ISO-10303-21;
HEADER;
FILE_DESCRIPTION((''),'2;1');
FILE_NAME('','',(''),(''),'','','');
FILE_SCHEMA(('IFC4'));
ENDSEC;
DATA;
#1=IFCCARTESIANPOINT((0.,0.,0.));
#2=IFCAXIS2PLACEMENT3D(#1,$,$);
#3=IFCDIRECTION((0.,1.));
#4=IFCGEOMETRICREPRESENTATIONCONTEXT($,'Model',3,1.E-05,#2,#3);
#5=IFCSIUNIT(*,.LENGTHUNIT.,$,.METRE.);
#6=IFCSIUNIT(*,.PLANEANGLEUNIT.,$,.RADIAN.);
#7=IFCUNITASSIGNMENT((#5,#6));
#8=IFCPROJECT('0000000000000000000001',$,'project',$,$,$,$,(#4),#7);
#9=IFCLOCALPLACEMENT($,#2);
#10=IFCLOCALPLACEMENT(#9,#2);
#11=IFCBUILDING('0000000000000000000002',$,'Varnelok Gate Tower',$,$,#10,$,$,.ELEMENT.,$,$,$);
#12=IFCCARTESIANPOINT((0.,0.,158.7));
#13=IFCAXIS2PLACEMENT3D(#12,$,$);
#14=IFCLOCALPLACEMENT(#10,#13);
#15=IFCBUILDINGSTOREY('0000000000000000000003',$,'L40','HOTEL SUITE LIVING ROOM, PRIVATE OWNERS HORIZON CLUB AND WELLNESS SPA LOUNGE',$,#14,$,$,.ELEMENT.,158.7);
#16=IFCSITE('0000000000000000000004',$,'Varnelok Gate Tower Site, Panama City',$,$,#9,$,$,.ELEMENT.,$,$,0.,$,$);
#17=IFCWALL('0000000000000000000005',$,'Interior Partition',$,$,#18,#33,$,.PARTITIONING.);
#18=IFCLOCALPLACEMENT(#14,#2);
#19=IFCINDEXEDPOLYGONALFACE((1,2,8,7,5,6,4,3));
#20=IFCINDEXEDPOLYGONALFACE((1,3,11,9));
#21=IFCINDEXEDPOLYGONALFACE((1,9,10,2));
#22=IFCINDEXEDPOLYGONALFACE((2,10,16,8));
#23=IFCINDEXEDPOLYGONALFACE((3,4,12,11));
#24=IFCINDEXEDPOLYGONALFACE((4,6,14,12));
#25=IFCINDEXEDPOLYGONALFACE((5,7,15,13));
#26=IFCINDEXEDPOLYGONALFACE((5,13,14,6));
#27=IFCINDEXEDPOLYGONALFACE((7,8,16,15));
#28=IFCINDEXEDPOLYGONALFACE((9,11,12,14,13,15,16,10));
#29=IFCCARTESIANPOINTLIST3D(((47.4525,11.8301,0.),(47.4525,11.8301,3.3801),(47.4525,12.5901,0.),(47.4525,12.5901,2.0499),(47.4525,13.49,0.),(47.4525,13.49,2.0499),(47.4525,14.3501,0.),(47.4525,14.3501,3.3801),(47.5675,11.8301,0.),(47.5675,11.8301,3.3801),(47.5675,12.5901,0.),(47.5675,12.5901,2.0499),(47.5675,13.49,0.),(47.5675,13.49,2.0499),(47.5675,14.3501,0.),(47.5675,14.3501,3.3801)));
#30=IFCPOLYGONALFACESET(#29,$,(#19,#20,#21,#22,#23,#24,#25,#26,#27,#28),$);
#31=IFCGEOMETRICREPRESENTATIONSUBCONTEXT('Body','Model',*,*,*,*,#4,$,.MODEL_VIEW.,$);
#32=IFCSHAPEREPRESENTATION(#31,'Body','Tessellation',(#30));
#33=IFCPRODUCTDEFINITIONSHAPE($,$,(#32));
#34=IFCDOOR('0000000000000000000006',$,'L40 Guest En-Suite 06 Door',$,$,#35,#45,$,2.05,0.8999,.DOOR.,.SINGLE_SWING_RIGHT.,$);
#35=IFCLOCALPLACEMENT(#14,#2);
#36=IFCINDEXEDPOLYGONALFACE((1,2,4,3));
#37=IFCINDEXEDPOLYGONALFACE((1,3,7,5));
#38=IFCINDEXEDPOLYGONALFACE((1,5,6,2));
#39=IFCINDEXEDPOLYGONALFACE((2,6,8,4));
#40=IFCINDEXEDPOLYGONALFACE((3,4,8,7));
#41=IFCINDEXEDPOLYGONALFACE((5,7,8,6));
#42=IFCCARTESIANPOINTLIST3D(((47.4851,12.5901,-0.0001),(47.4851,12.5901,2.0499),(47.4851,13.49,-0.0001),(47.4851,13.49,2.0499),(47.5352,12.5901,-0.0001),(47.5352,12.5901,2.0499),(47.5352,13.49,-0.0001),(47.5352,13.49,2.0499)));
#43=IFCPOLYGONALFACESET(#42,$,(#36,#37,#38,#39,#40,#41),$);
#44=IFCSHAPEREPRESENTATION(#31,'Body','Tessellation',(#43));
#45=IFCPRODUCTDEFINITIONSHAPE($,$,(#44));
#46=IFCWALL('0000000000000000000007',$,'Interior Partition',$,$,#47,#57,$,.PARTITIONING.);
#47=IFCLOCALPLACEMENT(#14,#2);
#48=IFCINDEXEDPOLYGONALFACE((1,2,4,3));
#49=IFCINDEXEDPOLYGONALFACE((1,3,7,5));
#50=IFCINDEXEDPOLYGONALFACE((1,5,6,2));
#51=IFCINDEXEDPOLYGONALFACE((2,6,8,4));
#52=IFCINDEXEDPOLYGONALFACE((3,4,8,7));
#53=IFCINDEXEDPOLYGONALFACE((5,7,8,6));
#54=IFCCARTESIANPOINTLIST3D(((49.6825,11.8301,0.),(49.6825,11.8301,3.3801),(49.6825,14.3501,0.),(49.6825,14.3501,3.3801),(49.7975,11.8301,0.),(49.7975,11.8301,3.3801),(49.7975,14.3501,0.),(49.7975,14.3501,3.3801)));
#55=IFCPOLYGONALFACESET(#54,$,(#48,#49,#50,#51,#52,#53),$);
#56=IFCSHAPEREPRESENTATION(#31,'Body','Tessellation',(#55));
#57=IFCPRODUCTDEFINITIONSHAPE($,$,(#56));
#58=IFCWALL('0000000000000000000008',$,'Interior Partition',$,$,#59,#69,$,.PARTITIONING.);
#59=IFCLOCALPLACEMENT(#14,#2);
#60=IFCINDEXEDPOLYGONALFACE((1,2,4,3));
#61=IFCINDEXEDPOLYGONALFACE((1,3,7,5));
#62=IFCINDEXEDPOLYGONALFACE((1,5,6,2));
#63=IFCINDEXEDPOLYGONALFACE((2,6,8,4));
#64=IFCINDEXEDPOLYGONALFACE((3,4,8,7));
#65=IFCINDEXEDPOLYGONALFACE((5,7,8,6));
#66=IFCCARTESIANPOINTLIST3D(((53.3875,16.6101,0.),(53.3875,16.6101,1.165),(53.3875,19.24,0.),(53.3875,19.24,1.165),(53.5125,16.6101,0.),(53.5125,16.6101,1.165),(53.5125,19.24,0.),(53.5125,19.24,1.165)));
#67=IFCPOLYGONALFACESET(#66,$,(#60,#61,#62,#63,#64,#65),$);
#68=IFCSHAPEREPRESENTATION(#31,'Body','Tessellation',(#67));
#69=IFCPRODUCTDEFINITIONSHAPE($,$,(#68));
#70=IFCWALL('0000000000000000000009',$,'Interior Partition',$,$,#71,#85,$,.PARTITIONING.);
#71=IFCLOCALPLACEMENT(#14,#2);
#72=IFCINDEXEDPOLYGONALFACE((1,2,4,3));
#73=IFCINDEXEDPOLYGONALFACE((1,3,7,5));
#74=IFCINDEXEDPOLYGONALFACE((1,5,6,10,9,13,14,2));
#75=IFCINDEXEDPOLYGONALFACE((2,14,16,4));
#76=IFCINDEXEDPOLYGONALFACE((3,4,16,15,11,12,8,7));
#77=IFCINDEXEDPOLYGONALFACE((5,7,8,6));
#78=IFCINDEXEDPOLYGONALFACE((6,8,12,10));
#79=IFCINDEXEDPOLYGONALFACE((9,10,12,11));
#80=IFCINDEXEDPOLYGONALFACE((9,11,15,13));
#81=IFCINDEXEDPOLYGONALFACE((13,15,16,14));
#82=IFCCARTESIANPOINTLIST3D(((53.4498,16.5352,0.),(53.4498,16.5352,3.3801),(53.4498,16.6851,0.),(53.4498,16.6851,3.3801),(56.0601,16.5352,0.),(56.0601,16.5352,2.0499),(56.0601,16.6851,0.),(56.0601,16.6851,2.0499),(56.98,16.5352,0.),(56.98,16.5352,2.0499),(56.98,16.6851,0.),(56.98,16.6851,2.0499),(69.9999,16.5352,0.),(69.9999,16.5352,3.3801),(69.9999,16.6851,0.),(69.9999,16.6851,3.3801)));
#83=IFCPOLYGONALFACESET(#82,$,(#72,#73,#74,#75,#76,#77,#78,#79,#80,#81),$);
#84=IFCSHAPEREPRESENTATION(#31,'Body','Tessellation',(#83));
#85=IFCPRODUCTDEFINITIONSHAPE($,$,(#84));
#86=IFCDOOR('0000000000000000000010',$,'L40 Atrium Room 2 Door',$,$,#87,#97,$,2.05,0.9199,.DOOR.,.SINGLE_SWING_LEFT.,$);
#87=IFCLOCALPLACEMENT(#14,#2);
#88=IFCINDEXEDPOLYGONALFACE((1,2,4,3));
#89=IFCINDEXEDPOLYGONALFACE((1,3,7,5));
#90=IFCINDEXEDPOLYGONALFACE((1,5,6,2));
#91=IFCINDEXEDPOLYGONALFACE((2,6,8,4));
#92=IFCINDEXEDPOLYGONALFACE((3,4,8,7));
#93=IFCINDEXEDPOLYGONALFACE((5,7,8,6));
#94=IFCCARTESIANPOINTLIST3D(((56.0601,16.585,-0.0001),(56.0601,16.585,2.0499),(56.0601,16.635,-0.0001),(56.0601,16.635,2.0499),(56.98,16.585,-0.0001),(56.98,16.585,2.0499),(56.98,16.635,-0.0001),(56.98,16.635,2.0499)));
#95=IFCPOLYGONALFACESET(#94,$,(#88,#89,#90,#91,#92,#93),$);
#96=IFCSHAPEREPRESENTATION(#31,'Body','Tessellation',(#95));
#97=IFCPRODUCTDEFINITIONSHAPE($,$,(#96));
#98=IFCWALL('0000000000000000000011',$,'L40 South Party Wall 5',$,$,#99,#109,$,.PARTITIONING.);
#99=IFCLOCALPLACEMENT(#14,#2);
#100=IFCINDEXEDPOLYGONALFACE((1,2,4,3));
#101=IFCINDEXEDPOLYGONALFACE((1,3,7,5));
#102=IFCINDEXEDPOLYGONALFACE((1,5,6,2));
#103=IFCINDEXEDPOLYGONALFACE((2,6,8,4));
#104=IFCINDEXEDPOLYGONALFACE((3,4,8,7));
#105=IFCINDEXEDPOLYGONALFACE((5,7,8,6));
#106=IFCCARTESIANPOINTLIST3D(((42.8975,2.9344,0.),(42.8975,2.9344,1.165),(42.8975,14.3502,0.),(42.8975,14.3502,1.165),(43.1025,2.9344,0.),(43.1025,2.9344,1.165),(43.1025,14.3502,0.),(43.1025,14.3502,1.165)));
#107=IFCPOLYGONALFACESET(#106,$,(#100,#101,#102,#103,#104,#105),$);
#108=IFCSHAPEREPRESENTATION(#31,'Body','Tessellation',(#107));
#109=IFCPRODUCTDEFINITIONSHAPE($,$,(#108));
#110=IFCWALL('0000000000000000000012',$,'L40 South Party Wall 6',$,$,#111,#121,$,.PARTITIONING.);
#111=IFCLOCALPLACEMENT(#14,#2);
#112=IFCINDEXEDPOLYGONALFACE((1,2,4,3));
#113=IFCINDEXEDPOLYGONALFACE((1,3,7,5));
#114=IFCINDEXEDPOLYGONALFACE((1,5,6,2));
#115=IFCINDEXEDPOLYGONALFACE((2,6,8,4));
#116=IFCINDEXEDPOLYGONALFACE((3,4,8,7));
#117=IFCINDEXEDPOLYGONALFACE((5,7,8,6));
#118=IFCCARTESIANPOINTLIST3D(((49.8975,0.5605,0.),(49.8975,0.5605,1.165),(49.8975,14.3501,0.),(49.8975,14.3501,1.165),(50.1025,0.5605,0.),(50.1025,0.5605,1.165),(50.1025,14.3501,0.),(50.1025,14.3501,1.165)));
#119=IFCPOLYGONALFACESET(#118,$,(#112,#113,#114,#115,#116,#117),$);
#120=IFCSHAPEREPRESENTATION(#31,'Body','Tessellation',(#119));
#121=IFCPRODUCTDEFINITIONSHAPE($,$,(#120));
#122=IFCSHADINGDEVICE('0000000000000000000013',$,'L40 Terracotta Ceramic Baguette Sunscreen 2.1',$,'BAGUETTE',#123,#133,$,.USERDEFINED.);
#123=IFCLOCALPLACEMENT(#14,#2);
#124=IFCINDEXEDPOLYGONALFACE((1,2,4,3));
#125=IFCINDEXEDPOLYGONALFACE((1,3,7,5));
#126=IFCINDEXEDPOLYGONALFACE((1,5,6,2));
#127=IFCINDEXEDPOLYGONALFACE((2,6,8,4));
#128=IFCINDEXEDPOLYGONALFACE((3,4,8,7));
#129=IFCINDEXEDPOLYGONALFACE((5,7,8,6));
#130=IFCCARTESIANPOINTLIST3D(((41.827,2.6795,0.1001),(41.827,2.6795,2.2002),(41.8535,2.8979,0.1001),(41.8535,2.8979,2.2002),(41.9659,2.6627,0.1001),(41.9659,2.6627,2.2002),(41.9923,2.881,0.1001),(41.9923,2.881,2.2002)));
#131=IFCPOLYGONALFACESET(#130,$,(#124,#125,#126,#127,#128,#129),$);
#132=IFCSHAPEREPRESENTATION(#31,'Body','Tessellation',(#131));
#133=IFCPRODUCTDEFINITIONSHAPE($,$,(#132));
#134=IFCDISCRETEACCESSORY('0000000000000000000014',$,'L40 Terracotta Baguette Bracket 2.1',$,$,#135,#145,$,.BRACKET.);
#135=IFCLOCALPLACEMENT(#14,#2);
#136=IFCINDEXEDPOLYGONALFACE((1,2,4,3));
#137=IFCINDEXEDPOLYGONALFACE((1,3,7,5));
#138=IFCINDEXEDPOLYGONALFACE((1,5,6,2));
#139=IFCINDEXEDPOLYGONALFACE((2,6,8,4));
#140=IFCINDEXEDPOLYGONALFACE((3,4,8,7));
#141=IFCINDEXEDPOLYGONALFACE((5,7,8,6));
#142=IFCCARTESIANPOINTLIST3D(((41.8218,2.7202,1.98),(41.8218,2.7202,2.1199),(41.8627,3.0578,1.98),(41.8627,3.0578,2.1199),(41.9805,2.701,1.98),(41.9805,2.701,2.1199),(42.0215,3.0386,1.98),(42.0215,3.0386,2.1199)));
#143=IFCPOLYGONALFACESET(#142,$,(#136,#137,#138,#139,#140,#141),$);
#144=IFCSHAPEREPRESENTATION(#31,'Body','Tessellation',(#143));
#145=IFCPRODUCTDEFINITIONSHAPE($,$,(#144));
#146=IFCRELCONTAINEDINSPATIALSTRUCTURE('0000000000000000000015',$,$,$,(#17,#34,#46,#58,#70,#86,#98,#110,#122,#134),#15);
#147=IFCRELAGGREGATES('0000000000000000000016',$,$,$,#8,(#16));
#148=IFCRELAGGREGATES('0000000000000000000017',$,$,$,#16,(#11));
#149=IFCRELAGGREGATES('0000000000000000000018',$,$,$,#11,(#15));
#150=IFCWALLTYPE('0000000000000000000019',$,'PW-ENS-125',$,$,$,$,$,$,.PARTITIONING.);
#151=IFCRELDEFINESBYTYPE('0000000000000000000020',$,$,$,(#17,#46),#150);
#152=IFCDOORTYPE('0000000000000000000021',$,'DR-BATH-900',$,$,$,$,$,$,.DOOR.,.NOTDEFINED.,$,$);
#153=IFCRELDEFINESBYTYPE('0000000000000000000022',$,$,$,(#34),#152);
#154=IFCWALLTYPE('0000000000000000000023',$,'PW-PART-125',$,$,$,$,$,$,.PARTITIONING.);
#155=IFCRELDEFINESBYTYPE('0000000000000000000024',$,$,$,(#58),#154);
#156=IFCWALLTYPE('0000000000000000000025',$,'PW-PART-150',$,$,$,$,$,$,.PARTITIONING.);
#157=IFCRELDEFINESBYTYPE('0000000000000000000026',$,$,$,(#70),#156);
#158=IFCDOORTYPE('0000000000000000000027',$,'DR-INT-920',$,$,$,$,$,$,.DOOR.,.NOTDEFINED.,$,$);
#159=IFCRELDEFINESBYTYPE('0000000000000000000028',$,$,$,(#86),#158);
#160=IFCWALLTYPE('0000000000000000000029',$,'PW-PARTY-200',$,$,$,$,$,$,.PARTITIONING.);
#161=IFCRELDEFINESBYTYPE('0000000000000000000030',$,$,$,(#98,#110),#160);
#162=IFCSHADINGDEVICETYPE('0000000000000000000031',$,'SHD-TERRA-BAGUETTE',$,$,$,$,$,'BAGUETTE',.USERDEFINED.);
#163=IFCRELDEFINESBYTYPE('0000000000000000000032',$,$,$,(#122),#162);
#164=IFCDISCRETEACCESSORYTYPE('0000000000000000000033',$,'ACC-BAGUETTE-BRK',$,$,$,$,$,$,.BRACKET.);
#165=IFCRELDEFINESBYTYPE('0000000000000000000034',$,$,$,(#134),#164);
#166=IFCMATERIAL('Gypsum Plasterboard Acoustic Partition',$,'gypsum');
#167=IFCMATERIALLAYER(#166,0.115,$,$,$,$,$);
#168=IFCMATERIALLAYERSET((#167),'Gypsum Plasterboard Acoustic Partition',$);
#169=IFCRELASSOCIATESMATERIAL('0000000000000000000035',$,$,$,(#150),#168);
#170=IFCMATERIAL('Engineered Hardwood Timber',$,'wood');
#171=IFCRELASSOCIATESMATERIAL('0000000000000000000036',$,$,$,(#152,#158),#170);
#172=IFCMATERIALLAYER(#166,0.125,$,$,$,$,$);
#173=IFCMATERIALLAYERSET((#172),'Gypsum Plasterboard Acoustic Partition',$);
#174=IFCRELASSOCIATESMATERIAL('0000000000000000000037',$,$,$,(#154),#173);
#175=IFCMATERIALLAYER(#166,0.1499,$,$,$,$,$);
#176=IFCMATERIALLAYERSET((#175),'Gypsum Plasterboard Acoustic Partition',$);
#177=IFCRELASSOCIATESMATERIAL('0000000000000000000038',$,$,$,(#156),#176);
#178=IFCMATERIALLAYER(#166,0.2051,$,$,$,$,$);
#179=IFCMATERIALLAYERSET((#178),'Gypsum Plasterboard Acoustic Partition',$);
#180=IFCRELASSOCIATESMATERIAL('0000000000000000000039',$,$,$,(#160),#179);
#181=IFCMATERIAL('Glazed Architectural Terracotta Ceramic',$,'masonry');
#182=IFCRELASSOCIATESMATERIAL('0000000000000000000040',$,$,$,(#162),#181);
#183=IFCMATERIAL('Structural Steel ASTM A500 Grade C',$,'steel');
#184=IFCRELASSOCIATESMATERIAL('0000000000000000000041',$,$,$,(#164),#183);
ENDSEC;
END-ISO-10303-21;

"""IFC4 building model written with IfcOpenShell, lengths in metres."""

from ifc_helpers import new_model, si_unit, direction, frame, frame_2d, origin, origin_2d, place, context, subcontext, project, spatial, rectangle, extrude, source, transform, mapped, material, layer, layer_set, type_object, element, fill, save


model = new_model("IFC4")

# Units and contexts
model_context = context("Model", 3, precision=1e-05, world=origin(), true_north=direction((0.0, 1.0)))
body_context = subcontext(model_context, "Body", "Model", "MODEL_VIEW")
ifc_project = project(units=[si_unit("LENGTHUNIT", "METRE"), si_unit("PLANEANGLEUNIT", "RADIAN")], contexts=[model_context])

# Site, building, storey
site_placement = place(None, origin())
site = spatial("IfcSite", under=ifc_project, at=site_placement, Name="Varnelok Gate Tower Site, Panama City", CompositionType="ELEMENT", RefElevation=0.0)
building_placement = place(site_placement, origin())
building = spatial("IfcBuilding", under=site, at=building_placement, Name="Varnelok Gate Tower", CompositionType="ELEMENT")
storey_placement = place(building_placement, frame((0.0, 0.0, 158.7)))
storey = spatial("IfcBuildingStorey", under=building, at=storey_placement, Name="L40", Description="HOTEL SUITE LIVING ROOM, PRIVATE OWNERS HORIZON CLUB AND WELLNESS SPA LOUNGE", CompositionType="ELEMENT", Elevation=158.7)

# Shared definitions
ifc_material_1 = material(Name="Gypsum Plasterboard Acoustic Partition", Category="gypsum")
ifc_material_2 = material(Name="Engineered Hardwood Timber", Category="wood")
ifc_layer_1 = layer(ifc_material_1, 0.115)
ifc_layer_set_1 = layer_set([ifc_layer_1], Name="Gypsum Plasterboard Acoustic Partition")
wall_type_1 = type_object("IfcWallType", Name="PW-ENS-125", PredefinedType="PARTITIONING", material=ifc_layer_set_1)
door_type_1 = type_object("IfcDoorType", Name="DR-BATH-900", OperationType="NOTDEFINED", PredefinedType="DOOR", material=ifc_material_2)

# Wall, opening, door
wall_1_placement = place(storey_placement, frame((47.51, 11.8301, 0.0), z_axis=(0.0, 0.0, 1.0), x_axis=(0.0, 1.0, 0.0)))
wall_1 = element("IfcWall", 1, at=wall_1_placement, inside=storey, type_object=wall_type_1, Name="Interior Partition", PredefinedType="PARTITIONING", context=body_context, shape_type="SweptSolid", body=[
    extrude(rectangle(XDim=2.52, YDim=0.115, at=frame_2d((1.26, 0.0))), origin(), (0.0, 0.0, 1.0), 3.3801),
])
opening_1_placement = place(wall_1_placement, frame((0.76, 0.0, 0.0)))
opening_1 = element("IfcOpeningElement", 2, at=opening_1_placement, cuts=wall_1, PredefinedType="OPENING", context=body_context, shape_type="SweptSolid", body=[
    extrude(rectangle(XDim=0.8999, YDim=2.05, at=frame_2d((0.45, 1.0249))), frame((0.0, 0.0674, 0.0), z_axis=(0.0, -1.0, 0.0), x_axis=(1.0, 0.0, 0.0)), (0.0, 0.0, 1.0), 0.135),
])
door_1_placement = place(opening_1_placement, origin())
door_1 = element("IfcDoor", 3, at=door_1_placement, inside=storey, type_object=door_type_1, Name="L40 Guest En-Suite 06 Door", OperationType="SINGLE_SWING_RIGHT", OverallHeight=2.05, OverallWidth=0.8999, PredefinedType="DOOR", context=body_context, shape_type="SweptSolid", body=[
    extrude(rectangle(XDim=0.8999, YDim=2.05, at=frame_2d((0.45, 1.0249))), frame((0.0, 0.0249, 0.0), z_axis=(0.0, -1.0, 0.0), x_axis=(1.0, 0.0, 0.0)), (0.0, 0.0, 1.0), 0.05),
])
fill(opening_1, door_1)

# Walls
wall_2_placement = place(storey_placement, frame((49.74, 11.8301, 0.0), z_axis=(0.0, 0.0, 1.0), x_axis=(0.0, 1.0, 0.0)))
element("IfcWall", 4, at=wall_2_placement, inside=storey, type_object=wall_type_1, Name="Interior Partition", PredefinedType="PARTITIONING", context=body_context, shape_type="SweptSolid", body=[
    extrude(rectangle(XDim=2.52, YDim=0.115, at=frame_2d((1.26, 0.0))), origin(), (0.0, 0.0, 1.0), 3.3801),
])
ifc_layer_2 = layer(ifc_material_1, 0.125)
ifc_layer_set_2 = layer_set([ifc_layer_2], Name="Gypsum Plasterboard Acoustic Partition")
wall_type_2 = type_object("IfcWallType", Name="PW-PART-125", PredefinedType="PARTITIONING", material=ifc_layer_set_2)
wall_3_placement = place(storey_placement, frame((53.45, 16.6101, 0.0), z_axis=(0.0, 0.0, 1.0), x_axis=(0.0, 1.0, 0.0)))
element("IfcWall", 5, at=wall_3_placement, inside=storey, type_object=wall_type_2, Name="Interior Partition", PredefinedType="PARTITIONING", context=body_context, shape_type="SweptSolid", body=[
    extrude(rectangle(XDim=2.6299, YDim=0.125, at=frame_2d((1.3149, 0.0))), origin(), (0.0, 0.0, 1.0), 1.165),
])

# Wall, opening, door
ifc_layer_3 = layer(ifc_material_1, 0.1499)
ifc_layer_set_3 = layer_set([ifc_layer_3], Name="Gypsum Plasterboard Acoustic Partition")
wall_type_3 = type_object("IfcWallType", Name="PW-PART-150", PredefinedType="PARTITIONING", material=ifc_layer_set_3)
wall_4_placement = place(storey_placement, frame((53.45, 16.6101, 0.0), z_axis=(0.0, 0.0, 1.0), x_axis=(1.0, 0.0, 0.0)))
wall_4 = element("IfcWall", 6, at=wall_4_placement, inside=storey, type_object=wall_type_3, Name="Interior Partition", PredefinedType="PARTITIONING", context=body_context, shape_type="SweptSolid", body=[
    extrude(rectangle(XDim=16.55, YDim=0.1499, at=frame_2d((8.2749, 0.0))), origin(), (0.0, 0.0, 1.0), 3.3801),
])
opening_2_placement = place(wall_4_placement, frame((2.6101, 0.0, 0.0)))
opening_2 = element("IfcOpeningElement", 7, at=opening_2_placement, cuts=wall_4, PredefinedType="OPENING", context=body_context, shape_type="SweptSolid", body=[
    extrude(rectangle(XDim=0.9199, YDim=2.05, at=frame_2d((0.46, 1.0249))), frame((0.0, 0.085, 0.0), z_axis=(0.0, -1.0, 0.0), x_axis=(1.0, 0.0, 0.0)), (0.0, 0.0, 1.0), 0.1699),
])
door_type_2 = type_object("IfcDoorType", Name="DR-INT-920", OperationType="NOTDEFINED", PredefinedType="DOOR", material=ifc_material_2)
door_2_placement = place(opening_2_placement, origin())
door_2 = element("IfcDoor", 8, at=door_2_placement, inside=storey, type_object=door_type_2, Name="L40 Atrium Room 2 Door", OperationType="SINGLE_SWING_LEFT", OverallHeight=2.05, OverallWidth=0.9199, PredefinedType="DOOR", context=body_context, shape_type="SweptSolid", body=[
    extrude(rectangle(XDim=0.9199, YDim=2.05, at=frame_2d((0.46, 1.0249))), frame((0.0, 0.0249, 0.0), z_axis=(0.0, -1.0, 0.0), x_axis=(1.0, 0.0, 0.0)), (0.0, 0.0, 1.0), 0.05),
])
fill(opening_2, door_2)

# Walls
ifc_layer_4 = layer(ifc_material_1, 0.2051)
ifc_layer_set_4 = layer_set([ifc_layer_4], Name="Gypsum Plasterboard Acoustic Partition")
wall_type_4 = type_object("IfcWallType", Name="PW-PARTY-200", PredefinedType="PARTITIONING", material=ifc_layer_set_4)
wall_5_placement = place(storey_placement, frame((43.0, 2.9343, 0.0), z_axis=(0.0, 0.0, 1.0), x_axis=(0.0, 1.0, 0.0)))
element("IfcWall", 9, at=wall_5_placement, inside=storey, type_object=wall_type_4, Name="L40 South Party Wall 5", PredefinedType="PARTITIONING", context=body_context, shape_type="SweptSolid", body=[
    extrude(rectangle(XDim=11.4158, YDim=0.2051, at=frame_2d((5.708, 0.0))), origin(), (0.0, 0.0, 1.0), 1.165),
])
wall_6_placement = place(storey_placement, frame((50.0, 0.5605, 0.0), z_axis=(0.0, 0.0, 1.0), x_axis=(0.0, 1.0, 0.0)))
element("IfcWall", 10, at=wall_6_placement, inside=storey, type_object=wall_type_4, Name="L40 South Party Wall 6", PredefinedType="PARTITIONING", context=body_context, shape_type="SweptSolid", body=[
    extrude(rectangle(XDim=13.7896, YDim=0.2051, at=frame_2d((6.8948, 0.0))), origin(), (0.0, 0.0, 1.0), 1.165),
])

# Shading device
ifc_material_3 = material(Name="Glazed Architectural Terracotta Ceramic", Category="masonry")
shading_device_type = type_object("IfcShadingDeviceType", Name="SHD-TERRA-BAGUETTE", ElementType="BAGUETTE", PredefinedType="USERDEFINED", material=ifc_material_3)
shared_shape_1 = source(origin(), body_context, "Body", "SweptSolid", [
    extrude(rectangle(XDim=0.1399, YDim=0.22, at=origin_2d()), origin(), (0.0, 0.0, 1.0), 2.1001),
])
shading_device_placement = place(storey_placement, frame((41.9097, 2.7803, 0.1001), z_axis=(0.0, 0.0, 1.0), x_axis=(0.992732, -0.120345, 0.0)))
element("IfcShadingDevice", 11, at=shading_device_placement, inside=storey, type_object=shading_device_type, Name="L40 Terracotta Ceramic Baguette Sunscreen 2.1", ObjectType="BAGUETTE", PredefinedType="USERDEFINED", context=body_context, shape_type="MappedRepresentation", body=[
    mapped(shared_shape_1, transform((0.0, 0.0, 0.0), scale=1.0)),
])

# Discrete accessory
ifc_material_4 = material(Name="Structural Steel ASTM A500 Grade C", Category="steel")
discrete_accessory_type = type_object("IfcDiscreteAccessoryType", Name="ACC-BAGUETTE-BRK", PredefinedType="BRACKET", material=ifc_material_4)
shared_shape_2 = source(origin(), body_context, "Body", "SweptSolid", [
    extrude(rectangle(XDim=0.1599, YDim=0.3401, at=origin_2d()), origin(), (0.0, 0.0, 1.0), 0.1399),
])
discrete_accessory_placement = place(storey_placement, frame((41.9216, 2.8794, 1.98), z_axis=(0.0, 0.0, 1.0), x_axis=(0.992732, -0.120345, 0.0)))
element("IfcDiscreteAccessory", 12, at=discrete_accessory_placement, inside=storey, type_object=discrete_accessory_type, Name="L40 Terracotta Baguette Bracket 2.1", PredefinedType="BRACKET", context=body_context, shape_type="MappedRepresentation", body=[
    mapped(shared_shape_2, transform((0.0, 0.0, 0.0), scale=1.0)),
])

save(model, "model.ifc")
